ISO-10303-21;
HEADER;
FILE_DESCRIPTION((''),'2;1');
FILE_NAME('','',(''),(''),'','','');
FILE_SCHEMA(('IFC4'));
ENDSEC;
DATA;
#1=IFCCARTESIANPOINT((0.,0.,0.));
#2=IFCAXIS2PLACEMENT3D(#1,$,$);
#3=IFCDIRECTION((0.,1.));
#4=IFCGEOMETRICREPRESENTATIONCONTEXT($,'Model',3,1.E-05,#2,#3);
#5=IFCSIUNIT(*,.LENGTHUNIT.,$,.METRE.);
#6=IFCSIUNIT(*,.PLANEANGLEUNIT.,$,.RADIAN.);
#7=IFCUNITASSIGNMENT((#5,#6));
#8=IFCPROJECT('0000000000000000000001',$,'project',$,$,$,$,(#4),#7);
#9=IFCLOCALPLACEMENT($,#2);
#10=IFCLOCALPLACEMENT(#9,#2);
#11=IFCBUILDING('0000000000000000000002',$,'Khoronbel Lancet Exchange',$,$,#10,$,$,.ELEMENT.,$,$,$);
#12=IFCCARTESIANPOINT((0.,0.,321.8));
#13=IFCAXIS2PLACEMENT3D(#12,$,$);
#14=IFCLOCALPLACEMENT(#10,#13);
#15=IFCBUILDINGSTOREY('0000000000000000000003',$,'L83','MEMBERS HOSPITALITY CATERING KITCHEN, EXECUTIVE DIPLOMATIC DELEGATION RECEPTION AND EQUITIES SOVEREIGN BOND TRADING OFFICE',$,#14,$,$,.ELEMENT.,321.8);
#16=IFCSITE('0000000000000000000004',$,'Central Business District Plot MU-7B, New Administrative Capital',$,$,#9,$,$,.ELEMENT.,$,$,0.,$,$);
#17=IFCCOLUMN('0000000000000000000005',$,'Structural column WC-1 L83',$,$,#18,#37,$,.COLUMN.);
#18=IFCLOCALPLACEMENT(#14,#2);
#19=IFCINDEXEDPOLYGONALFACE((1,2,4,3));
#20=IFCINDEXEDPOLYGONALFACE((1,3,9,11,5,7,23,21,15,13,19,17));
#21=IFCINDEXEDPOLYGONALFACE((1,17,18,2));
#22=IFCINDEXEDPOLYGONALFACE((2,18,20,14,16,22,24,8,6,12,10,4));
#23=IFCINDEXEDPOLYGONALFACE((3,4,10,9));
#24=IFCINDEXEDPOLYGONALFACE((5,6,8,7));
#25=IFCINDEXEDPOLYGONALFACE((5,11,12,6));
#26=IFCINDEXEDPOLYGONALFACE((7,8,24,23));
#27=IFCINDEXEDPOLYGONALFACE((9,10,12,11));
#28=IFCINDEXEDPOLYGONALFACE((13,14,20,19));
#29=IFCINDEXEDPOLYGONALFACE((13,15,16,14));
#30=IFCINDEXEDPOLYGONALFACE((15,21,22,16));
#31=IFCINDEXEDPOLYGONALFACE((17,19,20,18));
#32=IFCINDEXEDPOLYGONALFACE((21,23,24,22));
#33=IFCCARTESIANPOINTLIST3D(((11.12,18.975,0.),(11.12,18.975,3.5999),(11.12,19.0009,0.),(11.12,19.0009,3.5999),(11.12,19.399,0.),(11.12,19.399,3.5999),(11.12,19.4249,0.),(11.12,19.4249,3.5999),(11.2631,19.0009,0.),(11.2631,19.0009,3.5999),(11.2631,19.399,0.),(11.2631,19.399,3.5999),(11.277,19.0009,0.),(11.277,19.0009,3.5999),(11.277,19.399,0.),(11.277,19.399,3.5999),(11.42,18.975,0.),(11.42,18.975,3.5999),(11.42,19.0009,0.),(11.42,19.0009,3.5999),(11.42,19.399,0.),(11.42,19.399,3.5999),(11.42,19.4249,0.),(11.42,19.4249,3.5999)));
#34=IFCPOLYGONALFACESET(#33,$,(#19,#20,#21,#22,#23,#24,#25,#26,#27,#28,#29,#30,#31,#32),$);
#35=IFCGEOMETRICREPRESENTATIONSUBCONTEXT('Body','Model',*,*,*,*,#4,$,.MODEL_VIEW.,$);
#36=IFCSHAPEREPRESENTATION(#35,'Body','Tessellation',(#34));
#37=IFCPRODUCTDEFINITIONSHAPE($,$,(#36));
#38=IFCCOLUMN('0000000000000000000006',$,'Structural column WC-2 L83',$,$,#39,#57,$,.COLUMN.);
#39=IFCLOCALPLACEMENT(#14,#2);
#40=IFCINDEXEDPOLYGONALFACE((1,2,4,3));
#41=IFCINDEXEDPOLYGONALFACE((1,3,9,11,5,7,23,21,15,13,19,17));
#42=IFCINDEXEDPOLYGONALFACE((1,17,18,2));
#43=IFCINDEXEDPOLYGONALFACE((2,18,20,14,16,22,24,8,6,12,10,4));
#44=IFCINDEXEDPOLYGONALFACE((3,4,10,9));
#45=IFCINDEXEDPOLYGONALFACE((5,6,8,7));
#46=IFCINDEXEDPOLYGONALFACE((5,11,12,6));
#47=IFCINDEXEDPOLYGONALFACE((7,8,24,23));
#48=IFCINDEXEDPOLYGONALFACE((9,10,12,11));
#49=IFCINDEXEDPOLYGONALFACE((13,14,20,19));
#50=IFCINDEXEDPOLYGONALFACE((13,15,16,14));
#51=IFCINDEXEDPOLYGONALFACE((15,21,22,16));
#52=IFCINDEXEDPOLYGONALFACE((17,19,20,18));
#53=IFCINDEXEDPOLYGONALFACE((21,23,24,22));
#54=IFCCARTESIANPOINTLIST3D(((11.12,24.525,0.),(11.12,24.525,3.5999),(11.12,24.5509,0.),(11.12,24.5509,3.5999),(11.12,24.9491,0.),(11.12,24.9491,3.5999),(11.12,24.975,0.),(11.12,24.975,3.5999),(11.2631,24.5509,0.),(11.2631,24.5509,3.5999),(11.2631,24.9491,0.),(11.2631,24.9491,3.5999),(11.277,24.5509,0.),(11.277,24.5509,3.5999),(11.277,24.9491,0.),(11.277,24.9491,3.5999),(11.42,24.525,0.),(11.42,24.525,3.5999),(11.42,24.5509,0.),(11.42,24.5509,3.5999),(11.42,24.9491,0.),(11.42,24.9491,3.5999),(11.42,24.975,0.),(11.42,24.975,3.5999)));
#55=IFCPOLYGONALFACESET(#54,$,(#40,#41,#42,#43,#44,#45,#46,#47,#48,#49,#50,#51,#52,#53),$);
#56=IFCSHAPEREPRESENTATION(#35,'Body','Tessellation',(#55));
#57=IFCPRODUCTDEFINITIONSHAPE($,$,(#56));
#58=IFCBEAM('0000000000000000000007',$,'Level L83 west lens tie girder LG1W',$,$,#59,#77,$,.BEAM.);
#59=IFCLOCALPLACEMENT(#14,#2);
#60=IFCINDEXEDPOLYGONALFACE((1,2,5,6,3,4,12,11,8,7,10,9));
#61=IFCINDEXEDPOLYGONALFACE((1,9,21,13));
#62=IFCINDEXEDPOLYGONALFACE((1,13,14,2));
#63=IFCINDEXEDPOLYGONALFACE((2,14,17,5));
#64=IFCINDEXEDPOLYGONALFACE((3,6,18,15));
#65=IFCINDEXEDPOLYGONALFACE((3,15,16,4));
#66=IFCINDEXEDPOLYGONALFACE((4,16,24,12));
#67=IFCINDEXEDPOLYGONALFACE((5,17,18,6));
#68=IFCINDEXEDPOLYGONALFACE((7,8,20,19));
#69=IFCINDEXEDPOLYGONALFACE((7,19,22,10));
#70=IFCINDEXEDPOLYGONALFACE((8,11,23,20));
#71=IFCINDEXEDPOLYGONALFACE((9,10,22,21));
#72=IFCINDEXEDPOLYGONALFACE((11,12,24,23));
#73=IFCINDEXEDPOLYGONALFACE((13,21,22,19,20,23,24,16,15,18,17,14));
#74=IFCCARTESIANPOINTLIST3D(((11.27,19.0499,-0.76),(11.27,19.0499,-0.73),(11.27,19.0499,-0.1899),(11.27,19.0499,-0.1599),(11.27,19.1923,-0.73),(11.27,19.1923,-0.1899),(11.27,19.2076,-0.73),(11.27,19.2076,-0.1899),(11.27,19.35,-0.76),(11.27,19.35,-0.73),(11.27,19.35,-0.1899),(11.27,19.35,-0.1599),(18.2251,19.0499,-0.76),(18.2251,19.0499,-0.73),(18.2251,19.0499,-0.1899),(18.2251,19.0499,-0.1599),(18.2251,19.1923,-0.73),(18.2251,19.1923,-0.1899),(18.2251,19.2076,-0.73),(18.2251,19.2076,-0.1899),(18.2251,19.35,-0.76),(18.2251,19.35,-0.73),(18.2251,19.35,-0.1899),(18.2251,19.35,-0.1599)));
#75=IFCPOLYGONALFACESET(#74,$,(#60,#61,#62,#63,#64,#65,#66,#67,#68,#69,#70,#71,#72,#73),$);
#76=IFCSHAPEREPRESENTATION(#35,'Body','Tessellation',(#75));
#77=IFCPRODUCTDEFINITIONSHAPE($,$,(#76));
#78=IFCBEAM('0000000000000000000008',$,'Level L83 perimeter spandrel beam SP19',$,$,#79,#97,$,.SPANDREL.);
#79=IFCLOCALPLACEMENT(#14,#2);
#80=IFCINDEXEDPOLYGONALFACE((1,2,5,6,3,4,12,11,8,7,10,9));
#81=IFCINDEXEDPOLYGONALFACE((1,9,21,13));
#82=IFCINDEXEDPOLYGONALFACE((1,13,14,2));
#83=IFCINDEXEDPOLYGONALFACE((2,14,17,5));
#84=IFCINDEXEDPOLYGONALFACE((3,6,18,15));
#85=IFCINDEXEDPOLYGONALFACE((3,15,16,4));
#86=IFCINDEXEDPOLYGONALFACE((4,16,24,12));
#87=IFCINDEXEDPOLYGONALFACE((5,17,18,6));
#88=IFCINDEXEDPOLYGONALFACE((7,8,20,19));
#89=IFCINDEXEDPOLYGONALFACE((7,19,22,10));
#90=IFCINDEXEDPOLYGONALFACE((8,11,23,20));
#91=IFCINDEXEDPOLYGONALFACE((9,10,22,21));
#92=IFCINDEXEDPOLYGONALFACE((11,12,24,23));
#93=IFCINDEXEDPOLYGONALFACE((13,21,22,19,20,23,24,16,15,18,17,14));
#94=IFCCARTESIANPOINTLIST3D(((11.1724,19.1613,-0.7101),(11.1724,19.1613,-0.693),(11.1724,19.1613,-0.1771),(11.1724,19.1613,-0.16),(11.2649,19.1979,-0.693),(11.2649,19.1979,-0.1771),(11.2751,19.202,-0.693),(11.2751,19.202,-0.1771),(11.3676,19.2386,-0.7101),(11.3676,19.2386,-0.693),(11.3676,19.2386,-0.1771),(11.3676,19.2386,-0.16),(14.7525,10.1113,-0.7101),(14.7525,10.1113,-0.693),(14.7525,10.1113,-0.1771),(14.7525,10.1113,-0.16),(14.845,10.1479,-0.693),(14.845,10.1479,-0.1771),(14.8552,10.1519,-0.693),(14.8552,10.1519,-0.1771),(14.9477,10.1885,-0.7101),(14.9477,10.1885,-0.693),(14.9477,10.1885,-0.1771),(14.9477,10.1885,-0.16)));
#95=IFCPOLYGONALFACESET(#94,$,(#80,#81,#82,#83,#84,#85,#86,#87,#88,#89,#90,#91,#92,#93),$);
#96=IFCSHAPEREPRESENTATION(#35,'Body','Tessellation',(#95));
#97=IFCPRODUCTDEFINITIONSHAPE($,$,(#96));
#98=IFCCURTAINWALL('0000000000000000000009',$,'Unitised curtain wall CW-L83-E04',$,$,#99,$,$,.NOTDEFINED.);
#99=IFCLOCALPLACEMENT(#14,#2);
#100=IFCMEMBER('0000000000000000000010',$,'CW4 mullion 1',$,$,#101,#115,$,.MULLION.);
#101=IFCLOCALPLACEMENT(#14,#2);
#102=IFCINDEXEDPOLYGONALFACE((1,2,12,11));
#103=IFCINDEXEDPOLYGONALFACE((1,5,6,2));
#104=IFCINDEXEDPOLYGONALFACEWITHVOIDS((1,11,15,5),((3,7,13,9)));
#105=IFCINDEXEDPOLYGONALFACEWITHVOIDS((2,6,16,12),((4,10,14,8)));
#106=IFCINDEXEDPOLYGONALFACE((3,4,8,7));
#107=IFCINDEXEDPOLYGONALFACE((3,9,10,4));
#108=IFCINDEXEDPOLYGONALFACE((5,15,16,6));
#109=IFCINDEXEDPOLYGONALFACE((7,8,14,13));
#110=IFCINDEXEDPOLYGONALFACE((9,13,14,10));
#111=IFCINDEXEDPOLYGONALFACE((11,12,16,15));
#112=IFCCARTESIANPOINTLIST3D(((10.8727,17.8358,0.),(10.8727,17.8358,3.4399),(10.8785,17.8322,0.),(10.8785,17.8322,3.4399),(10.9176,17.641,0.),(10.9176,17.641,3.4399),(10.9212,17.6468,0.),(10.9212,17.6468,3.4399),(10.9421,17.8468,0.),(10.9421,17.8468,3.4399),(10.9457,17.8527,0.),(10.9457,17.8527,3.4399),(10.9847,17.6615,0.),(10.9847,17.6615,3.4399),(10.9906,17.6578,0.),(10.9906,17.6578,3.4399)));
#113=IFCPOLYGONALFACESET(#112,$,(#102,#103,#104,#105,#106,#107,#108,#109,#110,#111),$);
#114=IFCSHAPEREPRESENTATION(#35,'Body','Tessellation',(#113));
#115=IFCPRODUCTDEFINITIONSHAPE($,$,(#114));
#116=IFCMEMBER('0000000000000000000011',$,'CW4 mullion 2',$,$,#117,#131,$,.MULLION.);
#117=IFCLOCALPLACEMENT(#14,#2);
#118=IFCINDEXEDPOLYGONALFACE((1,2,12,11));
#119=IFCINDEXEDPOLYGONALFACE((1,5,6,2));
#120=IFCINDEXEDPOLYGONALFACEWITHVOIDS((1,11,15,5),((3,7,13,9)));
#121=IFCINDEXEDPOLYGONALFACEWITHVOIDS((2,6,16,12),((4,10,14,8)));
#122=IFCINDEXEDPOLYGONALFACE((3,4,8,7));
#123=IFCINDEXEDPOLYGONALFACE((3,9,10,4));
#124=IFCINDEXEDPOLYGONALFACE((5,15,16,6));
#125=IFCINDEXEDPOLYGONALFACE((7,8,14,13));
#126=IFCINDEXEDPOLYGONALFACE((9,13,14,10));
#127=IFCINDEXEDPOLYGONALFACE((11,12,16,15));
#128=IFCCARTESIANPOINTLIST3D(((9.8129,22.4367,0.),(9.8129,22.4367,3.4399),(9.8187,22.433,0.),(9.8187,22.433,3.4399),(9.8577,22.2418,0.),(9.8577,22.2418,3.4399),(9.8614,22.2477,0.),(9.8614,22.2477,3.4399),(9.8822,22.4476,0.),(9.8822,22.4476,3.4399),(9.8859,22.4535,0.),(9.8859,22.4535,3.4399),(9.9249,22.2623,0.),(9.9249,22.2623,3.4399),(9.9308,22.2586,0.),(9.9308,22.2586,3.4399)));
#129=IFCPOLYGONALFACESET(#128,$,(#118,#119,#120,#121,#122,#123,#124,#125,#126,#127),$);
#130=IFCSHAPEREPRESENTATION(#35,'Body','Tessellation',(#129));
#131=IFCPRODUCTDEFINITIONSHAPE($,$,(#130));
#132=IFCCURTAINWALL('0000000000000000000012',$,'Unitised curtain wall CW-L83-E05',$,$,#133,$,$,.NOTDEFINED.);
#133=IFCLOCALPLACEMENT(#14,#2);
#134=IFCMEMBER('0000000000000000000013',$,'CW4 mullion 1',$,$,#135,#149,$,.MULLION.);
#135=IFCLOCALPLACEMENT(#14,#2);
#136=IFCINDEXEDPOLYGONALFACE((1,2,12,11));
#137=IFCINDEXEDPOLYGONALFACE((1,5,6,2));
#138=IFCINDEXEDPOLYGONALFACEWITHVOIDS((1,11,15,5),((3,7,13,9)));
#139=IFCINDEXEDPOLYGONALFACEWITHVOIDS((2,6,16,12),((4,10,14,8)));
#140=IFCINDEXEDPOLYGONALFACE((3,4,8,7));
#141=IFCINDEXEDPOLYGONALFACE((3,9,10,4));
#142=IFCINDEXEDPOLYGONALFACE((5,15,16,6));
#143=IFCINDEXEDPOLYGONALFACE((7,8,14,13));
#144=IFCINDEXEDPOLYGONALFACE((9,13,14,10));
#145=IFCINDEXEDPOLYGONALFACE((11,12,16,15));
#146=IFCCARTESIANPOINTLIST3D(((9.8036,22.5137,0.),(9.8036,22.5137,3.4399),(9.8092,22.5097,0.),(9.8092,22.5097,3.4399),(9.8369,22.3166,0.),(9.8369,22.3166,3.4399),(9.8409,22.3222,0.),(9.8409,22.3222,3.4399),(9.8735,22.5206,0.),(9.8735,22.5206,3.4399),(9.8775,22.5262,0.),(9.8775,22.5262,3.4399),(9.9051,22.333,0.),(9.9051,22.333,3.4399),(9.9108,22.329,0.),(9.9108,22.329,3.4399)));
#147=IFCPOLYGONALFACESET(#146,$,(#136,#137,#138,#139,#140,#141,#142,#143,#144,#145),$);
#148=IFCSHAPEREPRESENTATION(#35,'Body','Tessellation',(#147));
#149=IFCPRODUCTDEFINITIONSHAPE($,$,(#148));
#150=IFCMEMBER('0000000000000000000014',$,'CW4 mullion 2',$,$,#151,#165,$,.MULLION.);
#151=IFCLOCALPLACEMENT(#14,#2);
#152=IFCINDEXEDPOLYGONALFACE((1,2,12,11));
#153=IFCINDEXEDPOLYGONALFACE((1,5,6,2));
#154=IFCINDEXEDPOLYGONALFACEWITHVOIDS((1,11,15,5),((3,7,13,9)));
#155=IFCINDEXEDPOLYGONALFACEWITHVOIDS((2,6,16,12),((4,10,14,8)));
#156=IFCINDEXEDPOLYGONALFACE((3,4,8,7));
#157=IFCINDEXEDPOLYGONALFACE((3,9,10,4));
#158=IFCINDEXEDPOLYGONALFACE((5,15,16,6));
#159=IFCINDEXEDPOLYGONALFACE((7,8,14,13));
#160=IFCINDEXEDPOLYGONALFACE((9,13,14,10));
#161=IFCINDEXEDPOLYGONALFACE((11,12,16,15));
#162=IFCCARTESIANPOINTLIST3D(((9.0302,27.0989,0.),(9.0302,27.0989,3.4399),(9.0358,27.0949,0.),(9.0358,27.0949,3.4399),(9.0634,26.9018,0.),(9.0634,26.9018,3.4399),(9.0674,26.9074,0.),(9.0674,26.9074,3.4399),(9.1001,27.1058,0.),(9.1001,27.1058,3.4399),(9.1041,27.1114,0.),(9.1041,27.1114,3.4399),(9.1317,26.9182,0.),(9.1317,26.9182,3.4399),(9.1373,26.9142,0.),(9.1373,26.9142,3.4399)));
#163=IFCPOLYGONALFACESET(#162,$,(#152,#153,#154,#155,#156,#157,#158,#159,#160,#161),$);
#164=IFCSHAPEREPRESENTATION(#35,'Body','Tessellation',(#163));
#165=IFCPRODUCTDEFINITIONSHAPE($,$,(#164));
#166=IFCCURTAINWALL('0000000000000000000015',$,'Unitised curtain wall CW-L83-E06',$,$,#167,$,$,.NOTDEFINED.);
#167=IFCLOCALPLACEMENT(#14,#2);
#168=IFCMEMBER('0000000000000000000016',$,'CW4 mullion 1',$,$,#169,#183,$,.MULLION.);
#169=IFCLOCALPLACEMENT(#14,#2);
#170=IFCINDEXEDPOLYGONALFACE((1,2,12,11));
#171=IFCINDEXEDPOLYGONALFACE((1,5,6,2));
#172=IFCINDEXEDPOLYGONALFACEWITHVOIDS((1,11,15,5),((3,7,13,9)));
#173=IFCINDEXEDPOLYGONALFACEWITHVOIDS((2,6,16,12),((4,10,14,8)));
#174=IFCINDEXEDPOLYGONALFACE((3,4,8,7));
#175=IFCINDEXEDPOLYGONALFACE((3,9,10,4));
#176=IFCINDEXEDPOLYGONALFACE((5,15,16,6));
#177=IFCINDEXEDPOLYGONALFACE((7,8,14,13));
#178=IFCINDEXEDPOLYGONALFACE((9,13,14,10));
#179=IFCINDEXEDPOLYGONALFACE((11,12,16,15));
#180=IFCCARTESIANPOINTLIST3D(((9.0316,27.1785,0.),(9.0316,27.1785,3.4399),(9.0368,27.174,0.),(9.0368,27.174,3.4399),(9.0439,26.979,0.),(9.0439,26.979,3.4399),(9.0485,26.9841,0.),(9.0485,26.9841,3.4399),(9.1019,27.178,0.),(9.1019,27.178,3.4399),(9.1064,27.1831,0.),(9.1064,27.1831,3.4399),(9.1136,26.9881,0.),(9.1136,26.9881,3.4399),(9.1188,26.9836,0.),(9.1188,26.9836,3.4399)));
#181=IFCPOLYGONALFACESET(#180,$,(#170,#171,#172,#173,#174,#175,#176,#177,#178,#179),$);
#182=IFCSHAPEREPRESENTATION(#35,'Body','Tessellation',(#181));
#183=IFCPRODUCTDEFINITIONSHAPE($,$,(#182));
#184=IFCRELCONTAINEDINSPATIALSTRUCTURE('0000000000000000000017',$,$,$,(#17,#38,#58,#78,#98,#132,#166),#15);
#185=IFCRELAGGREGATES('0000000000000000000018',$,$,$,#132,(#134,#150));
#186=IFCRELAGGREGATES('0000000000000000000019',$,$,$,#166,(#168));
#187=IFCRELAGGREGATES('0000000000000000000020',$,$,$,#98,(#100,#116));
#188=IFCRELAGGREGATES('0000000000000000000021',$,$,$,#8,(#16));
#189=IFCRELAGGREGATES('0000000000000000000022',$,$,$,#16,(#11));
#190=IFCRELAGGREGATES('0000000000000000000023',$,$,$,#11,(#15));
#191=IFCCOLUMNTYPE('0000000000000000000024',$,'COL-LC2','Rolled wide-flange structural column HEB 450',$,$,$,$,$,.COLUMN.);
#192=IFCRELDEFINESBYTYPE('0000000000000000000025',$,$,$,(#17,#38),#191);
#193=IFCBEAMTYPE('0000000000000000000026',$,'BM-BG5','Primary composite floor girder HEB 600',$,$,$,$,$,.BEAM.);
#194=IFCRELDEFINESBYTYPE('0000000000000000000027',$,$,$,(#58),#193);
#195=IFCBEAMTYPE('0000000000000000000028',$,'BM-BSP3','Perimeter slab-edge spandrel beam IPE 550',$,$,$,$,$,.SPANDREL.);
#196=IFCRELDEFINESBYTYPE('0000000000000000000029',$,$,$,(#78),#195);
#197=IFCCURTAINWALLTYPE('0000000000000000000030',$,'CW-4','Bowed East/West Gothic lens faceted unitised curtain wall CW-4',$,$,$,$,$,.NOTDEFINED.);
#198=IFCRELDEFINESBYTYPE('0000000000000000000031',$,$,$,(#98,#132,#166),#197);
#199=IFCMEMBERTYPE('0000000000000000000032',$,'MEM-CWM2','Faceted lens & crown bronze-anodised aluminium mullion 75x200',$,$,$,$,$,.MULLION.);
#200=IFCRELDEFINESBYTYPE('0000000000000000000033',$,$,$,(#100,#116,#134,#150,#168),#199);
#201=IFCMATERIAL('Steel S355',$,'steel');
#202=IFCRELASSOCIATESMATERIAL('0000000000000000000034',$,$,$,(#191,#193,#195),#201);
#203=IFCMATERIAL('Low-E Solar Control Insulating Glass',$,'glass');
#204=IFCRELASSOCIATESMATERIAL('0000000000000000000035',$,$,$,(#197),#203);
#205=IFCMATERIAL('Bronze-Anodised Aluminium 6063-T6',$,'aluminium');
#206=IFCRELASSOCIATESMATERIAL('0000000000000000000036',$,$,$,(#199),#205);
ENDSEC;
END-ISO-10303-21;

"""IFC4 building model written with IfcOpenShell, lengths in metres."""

from ifc_helpers import new_model, si_unit, direction, frame, origin, origin_2d, place, context, subcontext, project, spatial, hollow_rectangle, i_section, extrude, material, material_profile, profile_set, type_object, element, aggregate, save


model = new_model("IFC4")

# Units and contexts
model_context = context("Model", 3, precision=1e-05, world=origin(), true_north=direction((0.0, 1.0)))
body_context = subcontext(model_context, "Body", "Model", "MODEL_VIEW")
ifc_project = project(units=[si_unit("LENGTHUNIT", "METRE"), si_unit("PLANEANGLEUNIT", "RADIAN")], contexts=[model_context])

# Site, building, storey
site_placement = place(None, origin())
site = spatial("IfcSite", under=ifc_project, at=site_placement, Name="Central Business District Plot MU-7B, New Administrative Capital", CompositionType="ELEMENT", RefElevation=0.0)
building_placement = place(site_placement, origin())
building = spatial("IfcBuilding", under=site, at=building_placement, Name="Khoronbel Lancet Exchange", CompositionType="ELEMENT")
storey_placement = place(building_placement, frame((0.0, 0.0, 321.8)))
storey = spatial("IfcBuildingStorey", under=building, at=storey_placement, Name="L83", Description="MEMBERS HOSPITALITY CATERING KITCHEN, EXECUTIVE DIPLOMATIC DELEGATION RECEPTION AND EQUITIES SOVEREIGN BOND TRADING OFFICE", CompositionType="ELEMENT", Elevation=321.8)

# Columns
ifc_material_1 = material(Name="Steel S355", Category="steel")
ifc_material_profile_1 = material_profile(ifc_material_1, i_section(OverallWidth=0.3, OverallDepth=0.45, WebThickness=0.0139, FlangeThickness=0.0259, at=origin_2d()), Name="HEB 450")
ifc_profile_set_1 = profile_set([ifc_material_profile_1], Name="Steel S355")
column_type = type_object("IfcColumnType", Name="COL-LC2", Description="Rolled wide-flange structural column HEB 450", PredefinedType="COLUMN", material=ifc_profile_set_1)
for number, where, z_axis, x_axis, name in (
    (1, (11.27, 19.2, 0.0), (0.0, 0.0, 1.0), (1.0, 0.0, 0.0), "Structural column WC-1 L83"),
    (2, (11.27, 24.75, 0.0), (0.0, 0.0, 1.0), (1.0, 0.0, 0.0), "Structural column WC-2 L83"),
):
    element("IfcColumn", number, at=place(storey_placement, frame(where, z_axis=z_axis, x_axis=x_axis)), inside=storey, type_object=column_type, Name=name, PredefinedType="COLUMN", context=body_context, shape_type="SweptSolid", body=[
        extrude(i_section(OverallWidth=0.3, OverallDepth=0.45, WebThickness=0.0139, FlangeThickness=0.0259, at=origin_2d()), origin(), (0.0, 0.0, 1.0), 3.5999),
    ])

# Beams
ifc_material_profile_2 = material_profile(ifc_material_1, i_section(OverallWidth=0.3, OverallDepth=0.6001, WebThickness=0.0154, FlangeThickness=0.03, at=origin_2d()), Name="HEB 600")
ifc_profile_set_2 = profile_set([ifc_material_profile_2], Name="Steel S355")
beam_type_1 = type_object("IfcBeamType", Name="BM-BG5", Description="Primary composite floor girder HEB 600", PredefinedType="BEAM", material=ifc_profile_set_2)
beam_1_placement = place(storey_placement, frame((11.27, 19.2, -0.46), z_axis=(1.0, 0.0, 0.0), x_axis=(0.0, 1.0, 0.0)))
element("IfcBeam", 3, at=beam_1_placement, inside=storey, type_object=beam_type_1, Name="Level L83 west lens tie girder LG1W", PredefinedType="BEAM", context=body_context, shape_type="SweptSolid", body=[
    extrude(i_section(OverallWidth=0.3, OverallDepth=0.6001, WebThickness=0.0154, FlangeThickness=0.03, at=origin_2d()), origin(), (0.0, 0.0, 1.0), 6.9551),
])
ifc_material_profile_3 = material_profile(ifc_material_1, i_section(OverallWidth=0.21, OverallDepth=0.55, WebThickness=0.011, FlangeThickness=0.0171, at=origin_2d()), Name="IPE 550")
ifc_profile_set_3 = profile_set([ifc_material_profile_3], Name="Steel S355")
beam_type_2 = type_object("IfcBeamType", Name="BM-BSP3", Description="Perimeter slab-edge spandrel beam IPE 550", PredefinedType="SPANDREL", material=ifc_profile_set_3)
beam_2_placement = place(storey_placement, frame((11.27, 19.2, -0.4351), z_axis=(0.36785, -0.929885, 0.0), x_axis=(0.929885, 0.36785, 0.0)))
element("IfcBeam", 4, at=beam_2_placement, inside=storey, type_object=beam_type_2, Name="Level L83 perimeter spandrel beam SP19", PredefinedType="SPANDREL", context=body_context, shape_type="SweptSolid", body=[
    extrude(i_section(OverallWidth=0.21, OverallDepth=0.55, WebThickness=0.011, FlangeThickness=0.0171, at=origin_2d()), origin(), (0.0, 0.0, 1.0), 9.7324),
])

# Curtain walls, members
ifc_material_2 = material(Name="Low-E Solar Control Insulating Glass", Category="glass")
curtain_wall_type = type_object("IfcCurtainWallType", Name="CW-4", Description="Bowed East/West Gothic lens faceted unitised curtain wall CW-4", PredefinedType="NOTDEFINED", material=ifc_material_2)
curtain_wall_1_placement = place(storey_placement, origin())
curtain_wall_1 = element("IfcCurtainWall", 5, at=curtain_wall_1_placement, inside=storey, type_object=curtain_wall_type, Name="Unitised curtain wall CW-L83-E04", PredefinedType="NOTDEFINED")
ifc_material_3 = material(Name="Bronze-Anodised Aluminium 6063-T6", Category="aluminium")
ifc_material_profile_4 = material_profile(ifc_material_3, hollow_rectangle(XDim=0.075, YDim=0.2, WallThickness=0.0049, at=origin_2d()), Name="ALU MULLION 75x200")
ifc_profile_set_4 = profile_set([ifc_material_profile_4], Name="Bronze-Anodised Aluminium 6063-T6")
member_type_1 = type_object("IfcMemberType", Name="MEM-CWM2", Description="Faceted lens & crown bronze-anodised aluminium mullion 75x200", PredefinedType="MULLION", material=ifc_profile_set_4)
member_1_placement = place(storey_placement, frame((10.9316, 17.7468, 0.0), z_axis=(0.0, 0.0, 1.0), x_axis=(-0.97448, -0.224476, 0.0)))
member_1 = element("IfcMember", 6, at=member_1_placement, type_object=member_type_1, Name="CW4 mullion 1", PredefinedType="MULLION", context=body_context, shape_type="SweptSolid", body=[
    extrude(hollow_rectangle(XDim=0.075, YDim=0.2, WallThickness=0.0049, at=origin_2d()), origin(), (0.0, 0.0, 1.0), 3.4399),
])
member_2_placement = place(storey_placement, frame((9.8718, 22.3477, 0.0), z_axis=(0.0, 0.0, 1.0), x_axis=(-0.97448, -0.224476, 0.0)))
member_2 = element("IfcMember", 7, at=member_2_placement, type_object=member_type_1, Name="CW4 mullion 2", PredefinedType="MULLION", context=body_context, shape_type="SweptSolid", body=[
    extrude(hollow_rectangle(XDim=0.075, YDim=0.2, WallThickness=0.0049, at=origin_2d()), origin(), (0.0, 0.0, 1.0), 3.4399),
])
curtain_wall_2_placement = place(storey_placement, origin())
curtain_wall_2 = element("IfcCurtainWall", 8, at=curtain_wall_2_placement, inside=storey, type_object=curtain_wall_type, Name="Unitised curtain wall CW-L83-E05", PredefinedType="NOTDEFINED")
member_3_placement = place(storey_placement, frame((9.8572, 22.4214, 0.0), z_axis=(0.0, 0.0, 1.0), x_axis=(-0.986075, -0.166303, 0.0)))
member_3 = element("IfcMember", 9, at=member_3_placement, type_object=member_type_1, Name="CW4 mullion 1", PredefinedType="MULLION", context=body_context, shape_type="SweptSolid", body=[
    extrude(hollow_rectangle(XDim=0.075, YDim=0.2, WallThickness=0.0049, at=origin_2d()), origin(), (0.0, 0.0, 1.0), 3.4399),
])
member_4_placement = place(storey_placement, frame((9.0837, 27.0066, 0.0), z_axis=(0.0, 0.0, 1.0), x_axis=(-0.986075, -0.166303, 0.0)))
member_4 = element("IfcMember", 10, at=member_4_placement, type_object=member_type_1, Name="CW4 mullion 2", PredefinedType="MULLION", context=body_context, shape_type="SweptSolid", body=[
    extrude(hollow_rectangle(XDim=0.075, YDim=0.2, WallThickness=0.0049, at=origin_2d()), origin(), (0.0, 0.0, 1.0), 3.4399),
])
curtain_wall_3_placement = place(storey_placement, origin())
curtain_wall_3 = element("IfcCurtainWall", 11, at=curtain_wall_3_placement, inside=storey, type_object=curtain_wall_type, Name="Unitised curtain wall CW-L83-E06", PredefinedType="NOTDEFINED")
member_5_placement = place(storey_placement, frame((9.0752, 27.0811, 0.0), z_axis=(0.0, 0.0, 1.0), x_axis=(-0.998102, -0.061583, 0.0)))
member_5 = element("IfcMember", 12, at=member_5_placement, type_object=member_type_1, Name="CW4 mullion 1", PredefinedType="MULLION", context=body_context, shape_type="SweptSolid", body=[
    extrude(hollow_rectangle(XDim=0.075, YDim=0.2, WallThickness=0.0049, at=origin_2d()), origin(), (0.0, 0.0, 1.0), 3.4399),
])

aggregate(curtain_wall_2, [member_3, member_4])
aggregate(curtain_wall_3, [member_5])
aggregate(curtain_wall_1, [member_1, member_2])

save(model, "model.ifc")
